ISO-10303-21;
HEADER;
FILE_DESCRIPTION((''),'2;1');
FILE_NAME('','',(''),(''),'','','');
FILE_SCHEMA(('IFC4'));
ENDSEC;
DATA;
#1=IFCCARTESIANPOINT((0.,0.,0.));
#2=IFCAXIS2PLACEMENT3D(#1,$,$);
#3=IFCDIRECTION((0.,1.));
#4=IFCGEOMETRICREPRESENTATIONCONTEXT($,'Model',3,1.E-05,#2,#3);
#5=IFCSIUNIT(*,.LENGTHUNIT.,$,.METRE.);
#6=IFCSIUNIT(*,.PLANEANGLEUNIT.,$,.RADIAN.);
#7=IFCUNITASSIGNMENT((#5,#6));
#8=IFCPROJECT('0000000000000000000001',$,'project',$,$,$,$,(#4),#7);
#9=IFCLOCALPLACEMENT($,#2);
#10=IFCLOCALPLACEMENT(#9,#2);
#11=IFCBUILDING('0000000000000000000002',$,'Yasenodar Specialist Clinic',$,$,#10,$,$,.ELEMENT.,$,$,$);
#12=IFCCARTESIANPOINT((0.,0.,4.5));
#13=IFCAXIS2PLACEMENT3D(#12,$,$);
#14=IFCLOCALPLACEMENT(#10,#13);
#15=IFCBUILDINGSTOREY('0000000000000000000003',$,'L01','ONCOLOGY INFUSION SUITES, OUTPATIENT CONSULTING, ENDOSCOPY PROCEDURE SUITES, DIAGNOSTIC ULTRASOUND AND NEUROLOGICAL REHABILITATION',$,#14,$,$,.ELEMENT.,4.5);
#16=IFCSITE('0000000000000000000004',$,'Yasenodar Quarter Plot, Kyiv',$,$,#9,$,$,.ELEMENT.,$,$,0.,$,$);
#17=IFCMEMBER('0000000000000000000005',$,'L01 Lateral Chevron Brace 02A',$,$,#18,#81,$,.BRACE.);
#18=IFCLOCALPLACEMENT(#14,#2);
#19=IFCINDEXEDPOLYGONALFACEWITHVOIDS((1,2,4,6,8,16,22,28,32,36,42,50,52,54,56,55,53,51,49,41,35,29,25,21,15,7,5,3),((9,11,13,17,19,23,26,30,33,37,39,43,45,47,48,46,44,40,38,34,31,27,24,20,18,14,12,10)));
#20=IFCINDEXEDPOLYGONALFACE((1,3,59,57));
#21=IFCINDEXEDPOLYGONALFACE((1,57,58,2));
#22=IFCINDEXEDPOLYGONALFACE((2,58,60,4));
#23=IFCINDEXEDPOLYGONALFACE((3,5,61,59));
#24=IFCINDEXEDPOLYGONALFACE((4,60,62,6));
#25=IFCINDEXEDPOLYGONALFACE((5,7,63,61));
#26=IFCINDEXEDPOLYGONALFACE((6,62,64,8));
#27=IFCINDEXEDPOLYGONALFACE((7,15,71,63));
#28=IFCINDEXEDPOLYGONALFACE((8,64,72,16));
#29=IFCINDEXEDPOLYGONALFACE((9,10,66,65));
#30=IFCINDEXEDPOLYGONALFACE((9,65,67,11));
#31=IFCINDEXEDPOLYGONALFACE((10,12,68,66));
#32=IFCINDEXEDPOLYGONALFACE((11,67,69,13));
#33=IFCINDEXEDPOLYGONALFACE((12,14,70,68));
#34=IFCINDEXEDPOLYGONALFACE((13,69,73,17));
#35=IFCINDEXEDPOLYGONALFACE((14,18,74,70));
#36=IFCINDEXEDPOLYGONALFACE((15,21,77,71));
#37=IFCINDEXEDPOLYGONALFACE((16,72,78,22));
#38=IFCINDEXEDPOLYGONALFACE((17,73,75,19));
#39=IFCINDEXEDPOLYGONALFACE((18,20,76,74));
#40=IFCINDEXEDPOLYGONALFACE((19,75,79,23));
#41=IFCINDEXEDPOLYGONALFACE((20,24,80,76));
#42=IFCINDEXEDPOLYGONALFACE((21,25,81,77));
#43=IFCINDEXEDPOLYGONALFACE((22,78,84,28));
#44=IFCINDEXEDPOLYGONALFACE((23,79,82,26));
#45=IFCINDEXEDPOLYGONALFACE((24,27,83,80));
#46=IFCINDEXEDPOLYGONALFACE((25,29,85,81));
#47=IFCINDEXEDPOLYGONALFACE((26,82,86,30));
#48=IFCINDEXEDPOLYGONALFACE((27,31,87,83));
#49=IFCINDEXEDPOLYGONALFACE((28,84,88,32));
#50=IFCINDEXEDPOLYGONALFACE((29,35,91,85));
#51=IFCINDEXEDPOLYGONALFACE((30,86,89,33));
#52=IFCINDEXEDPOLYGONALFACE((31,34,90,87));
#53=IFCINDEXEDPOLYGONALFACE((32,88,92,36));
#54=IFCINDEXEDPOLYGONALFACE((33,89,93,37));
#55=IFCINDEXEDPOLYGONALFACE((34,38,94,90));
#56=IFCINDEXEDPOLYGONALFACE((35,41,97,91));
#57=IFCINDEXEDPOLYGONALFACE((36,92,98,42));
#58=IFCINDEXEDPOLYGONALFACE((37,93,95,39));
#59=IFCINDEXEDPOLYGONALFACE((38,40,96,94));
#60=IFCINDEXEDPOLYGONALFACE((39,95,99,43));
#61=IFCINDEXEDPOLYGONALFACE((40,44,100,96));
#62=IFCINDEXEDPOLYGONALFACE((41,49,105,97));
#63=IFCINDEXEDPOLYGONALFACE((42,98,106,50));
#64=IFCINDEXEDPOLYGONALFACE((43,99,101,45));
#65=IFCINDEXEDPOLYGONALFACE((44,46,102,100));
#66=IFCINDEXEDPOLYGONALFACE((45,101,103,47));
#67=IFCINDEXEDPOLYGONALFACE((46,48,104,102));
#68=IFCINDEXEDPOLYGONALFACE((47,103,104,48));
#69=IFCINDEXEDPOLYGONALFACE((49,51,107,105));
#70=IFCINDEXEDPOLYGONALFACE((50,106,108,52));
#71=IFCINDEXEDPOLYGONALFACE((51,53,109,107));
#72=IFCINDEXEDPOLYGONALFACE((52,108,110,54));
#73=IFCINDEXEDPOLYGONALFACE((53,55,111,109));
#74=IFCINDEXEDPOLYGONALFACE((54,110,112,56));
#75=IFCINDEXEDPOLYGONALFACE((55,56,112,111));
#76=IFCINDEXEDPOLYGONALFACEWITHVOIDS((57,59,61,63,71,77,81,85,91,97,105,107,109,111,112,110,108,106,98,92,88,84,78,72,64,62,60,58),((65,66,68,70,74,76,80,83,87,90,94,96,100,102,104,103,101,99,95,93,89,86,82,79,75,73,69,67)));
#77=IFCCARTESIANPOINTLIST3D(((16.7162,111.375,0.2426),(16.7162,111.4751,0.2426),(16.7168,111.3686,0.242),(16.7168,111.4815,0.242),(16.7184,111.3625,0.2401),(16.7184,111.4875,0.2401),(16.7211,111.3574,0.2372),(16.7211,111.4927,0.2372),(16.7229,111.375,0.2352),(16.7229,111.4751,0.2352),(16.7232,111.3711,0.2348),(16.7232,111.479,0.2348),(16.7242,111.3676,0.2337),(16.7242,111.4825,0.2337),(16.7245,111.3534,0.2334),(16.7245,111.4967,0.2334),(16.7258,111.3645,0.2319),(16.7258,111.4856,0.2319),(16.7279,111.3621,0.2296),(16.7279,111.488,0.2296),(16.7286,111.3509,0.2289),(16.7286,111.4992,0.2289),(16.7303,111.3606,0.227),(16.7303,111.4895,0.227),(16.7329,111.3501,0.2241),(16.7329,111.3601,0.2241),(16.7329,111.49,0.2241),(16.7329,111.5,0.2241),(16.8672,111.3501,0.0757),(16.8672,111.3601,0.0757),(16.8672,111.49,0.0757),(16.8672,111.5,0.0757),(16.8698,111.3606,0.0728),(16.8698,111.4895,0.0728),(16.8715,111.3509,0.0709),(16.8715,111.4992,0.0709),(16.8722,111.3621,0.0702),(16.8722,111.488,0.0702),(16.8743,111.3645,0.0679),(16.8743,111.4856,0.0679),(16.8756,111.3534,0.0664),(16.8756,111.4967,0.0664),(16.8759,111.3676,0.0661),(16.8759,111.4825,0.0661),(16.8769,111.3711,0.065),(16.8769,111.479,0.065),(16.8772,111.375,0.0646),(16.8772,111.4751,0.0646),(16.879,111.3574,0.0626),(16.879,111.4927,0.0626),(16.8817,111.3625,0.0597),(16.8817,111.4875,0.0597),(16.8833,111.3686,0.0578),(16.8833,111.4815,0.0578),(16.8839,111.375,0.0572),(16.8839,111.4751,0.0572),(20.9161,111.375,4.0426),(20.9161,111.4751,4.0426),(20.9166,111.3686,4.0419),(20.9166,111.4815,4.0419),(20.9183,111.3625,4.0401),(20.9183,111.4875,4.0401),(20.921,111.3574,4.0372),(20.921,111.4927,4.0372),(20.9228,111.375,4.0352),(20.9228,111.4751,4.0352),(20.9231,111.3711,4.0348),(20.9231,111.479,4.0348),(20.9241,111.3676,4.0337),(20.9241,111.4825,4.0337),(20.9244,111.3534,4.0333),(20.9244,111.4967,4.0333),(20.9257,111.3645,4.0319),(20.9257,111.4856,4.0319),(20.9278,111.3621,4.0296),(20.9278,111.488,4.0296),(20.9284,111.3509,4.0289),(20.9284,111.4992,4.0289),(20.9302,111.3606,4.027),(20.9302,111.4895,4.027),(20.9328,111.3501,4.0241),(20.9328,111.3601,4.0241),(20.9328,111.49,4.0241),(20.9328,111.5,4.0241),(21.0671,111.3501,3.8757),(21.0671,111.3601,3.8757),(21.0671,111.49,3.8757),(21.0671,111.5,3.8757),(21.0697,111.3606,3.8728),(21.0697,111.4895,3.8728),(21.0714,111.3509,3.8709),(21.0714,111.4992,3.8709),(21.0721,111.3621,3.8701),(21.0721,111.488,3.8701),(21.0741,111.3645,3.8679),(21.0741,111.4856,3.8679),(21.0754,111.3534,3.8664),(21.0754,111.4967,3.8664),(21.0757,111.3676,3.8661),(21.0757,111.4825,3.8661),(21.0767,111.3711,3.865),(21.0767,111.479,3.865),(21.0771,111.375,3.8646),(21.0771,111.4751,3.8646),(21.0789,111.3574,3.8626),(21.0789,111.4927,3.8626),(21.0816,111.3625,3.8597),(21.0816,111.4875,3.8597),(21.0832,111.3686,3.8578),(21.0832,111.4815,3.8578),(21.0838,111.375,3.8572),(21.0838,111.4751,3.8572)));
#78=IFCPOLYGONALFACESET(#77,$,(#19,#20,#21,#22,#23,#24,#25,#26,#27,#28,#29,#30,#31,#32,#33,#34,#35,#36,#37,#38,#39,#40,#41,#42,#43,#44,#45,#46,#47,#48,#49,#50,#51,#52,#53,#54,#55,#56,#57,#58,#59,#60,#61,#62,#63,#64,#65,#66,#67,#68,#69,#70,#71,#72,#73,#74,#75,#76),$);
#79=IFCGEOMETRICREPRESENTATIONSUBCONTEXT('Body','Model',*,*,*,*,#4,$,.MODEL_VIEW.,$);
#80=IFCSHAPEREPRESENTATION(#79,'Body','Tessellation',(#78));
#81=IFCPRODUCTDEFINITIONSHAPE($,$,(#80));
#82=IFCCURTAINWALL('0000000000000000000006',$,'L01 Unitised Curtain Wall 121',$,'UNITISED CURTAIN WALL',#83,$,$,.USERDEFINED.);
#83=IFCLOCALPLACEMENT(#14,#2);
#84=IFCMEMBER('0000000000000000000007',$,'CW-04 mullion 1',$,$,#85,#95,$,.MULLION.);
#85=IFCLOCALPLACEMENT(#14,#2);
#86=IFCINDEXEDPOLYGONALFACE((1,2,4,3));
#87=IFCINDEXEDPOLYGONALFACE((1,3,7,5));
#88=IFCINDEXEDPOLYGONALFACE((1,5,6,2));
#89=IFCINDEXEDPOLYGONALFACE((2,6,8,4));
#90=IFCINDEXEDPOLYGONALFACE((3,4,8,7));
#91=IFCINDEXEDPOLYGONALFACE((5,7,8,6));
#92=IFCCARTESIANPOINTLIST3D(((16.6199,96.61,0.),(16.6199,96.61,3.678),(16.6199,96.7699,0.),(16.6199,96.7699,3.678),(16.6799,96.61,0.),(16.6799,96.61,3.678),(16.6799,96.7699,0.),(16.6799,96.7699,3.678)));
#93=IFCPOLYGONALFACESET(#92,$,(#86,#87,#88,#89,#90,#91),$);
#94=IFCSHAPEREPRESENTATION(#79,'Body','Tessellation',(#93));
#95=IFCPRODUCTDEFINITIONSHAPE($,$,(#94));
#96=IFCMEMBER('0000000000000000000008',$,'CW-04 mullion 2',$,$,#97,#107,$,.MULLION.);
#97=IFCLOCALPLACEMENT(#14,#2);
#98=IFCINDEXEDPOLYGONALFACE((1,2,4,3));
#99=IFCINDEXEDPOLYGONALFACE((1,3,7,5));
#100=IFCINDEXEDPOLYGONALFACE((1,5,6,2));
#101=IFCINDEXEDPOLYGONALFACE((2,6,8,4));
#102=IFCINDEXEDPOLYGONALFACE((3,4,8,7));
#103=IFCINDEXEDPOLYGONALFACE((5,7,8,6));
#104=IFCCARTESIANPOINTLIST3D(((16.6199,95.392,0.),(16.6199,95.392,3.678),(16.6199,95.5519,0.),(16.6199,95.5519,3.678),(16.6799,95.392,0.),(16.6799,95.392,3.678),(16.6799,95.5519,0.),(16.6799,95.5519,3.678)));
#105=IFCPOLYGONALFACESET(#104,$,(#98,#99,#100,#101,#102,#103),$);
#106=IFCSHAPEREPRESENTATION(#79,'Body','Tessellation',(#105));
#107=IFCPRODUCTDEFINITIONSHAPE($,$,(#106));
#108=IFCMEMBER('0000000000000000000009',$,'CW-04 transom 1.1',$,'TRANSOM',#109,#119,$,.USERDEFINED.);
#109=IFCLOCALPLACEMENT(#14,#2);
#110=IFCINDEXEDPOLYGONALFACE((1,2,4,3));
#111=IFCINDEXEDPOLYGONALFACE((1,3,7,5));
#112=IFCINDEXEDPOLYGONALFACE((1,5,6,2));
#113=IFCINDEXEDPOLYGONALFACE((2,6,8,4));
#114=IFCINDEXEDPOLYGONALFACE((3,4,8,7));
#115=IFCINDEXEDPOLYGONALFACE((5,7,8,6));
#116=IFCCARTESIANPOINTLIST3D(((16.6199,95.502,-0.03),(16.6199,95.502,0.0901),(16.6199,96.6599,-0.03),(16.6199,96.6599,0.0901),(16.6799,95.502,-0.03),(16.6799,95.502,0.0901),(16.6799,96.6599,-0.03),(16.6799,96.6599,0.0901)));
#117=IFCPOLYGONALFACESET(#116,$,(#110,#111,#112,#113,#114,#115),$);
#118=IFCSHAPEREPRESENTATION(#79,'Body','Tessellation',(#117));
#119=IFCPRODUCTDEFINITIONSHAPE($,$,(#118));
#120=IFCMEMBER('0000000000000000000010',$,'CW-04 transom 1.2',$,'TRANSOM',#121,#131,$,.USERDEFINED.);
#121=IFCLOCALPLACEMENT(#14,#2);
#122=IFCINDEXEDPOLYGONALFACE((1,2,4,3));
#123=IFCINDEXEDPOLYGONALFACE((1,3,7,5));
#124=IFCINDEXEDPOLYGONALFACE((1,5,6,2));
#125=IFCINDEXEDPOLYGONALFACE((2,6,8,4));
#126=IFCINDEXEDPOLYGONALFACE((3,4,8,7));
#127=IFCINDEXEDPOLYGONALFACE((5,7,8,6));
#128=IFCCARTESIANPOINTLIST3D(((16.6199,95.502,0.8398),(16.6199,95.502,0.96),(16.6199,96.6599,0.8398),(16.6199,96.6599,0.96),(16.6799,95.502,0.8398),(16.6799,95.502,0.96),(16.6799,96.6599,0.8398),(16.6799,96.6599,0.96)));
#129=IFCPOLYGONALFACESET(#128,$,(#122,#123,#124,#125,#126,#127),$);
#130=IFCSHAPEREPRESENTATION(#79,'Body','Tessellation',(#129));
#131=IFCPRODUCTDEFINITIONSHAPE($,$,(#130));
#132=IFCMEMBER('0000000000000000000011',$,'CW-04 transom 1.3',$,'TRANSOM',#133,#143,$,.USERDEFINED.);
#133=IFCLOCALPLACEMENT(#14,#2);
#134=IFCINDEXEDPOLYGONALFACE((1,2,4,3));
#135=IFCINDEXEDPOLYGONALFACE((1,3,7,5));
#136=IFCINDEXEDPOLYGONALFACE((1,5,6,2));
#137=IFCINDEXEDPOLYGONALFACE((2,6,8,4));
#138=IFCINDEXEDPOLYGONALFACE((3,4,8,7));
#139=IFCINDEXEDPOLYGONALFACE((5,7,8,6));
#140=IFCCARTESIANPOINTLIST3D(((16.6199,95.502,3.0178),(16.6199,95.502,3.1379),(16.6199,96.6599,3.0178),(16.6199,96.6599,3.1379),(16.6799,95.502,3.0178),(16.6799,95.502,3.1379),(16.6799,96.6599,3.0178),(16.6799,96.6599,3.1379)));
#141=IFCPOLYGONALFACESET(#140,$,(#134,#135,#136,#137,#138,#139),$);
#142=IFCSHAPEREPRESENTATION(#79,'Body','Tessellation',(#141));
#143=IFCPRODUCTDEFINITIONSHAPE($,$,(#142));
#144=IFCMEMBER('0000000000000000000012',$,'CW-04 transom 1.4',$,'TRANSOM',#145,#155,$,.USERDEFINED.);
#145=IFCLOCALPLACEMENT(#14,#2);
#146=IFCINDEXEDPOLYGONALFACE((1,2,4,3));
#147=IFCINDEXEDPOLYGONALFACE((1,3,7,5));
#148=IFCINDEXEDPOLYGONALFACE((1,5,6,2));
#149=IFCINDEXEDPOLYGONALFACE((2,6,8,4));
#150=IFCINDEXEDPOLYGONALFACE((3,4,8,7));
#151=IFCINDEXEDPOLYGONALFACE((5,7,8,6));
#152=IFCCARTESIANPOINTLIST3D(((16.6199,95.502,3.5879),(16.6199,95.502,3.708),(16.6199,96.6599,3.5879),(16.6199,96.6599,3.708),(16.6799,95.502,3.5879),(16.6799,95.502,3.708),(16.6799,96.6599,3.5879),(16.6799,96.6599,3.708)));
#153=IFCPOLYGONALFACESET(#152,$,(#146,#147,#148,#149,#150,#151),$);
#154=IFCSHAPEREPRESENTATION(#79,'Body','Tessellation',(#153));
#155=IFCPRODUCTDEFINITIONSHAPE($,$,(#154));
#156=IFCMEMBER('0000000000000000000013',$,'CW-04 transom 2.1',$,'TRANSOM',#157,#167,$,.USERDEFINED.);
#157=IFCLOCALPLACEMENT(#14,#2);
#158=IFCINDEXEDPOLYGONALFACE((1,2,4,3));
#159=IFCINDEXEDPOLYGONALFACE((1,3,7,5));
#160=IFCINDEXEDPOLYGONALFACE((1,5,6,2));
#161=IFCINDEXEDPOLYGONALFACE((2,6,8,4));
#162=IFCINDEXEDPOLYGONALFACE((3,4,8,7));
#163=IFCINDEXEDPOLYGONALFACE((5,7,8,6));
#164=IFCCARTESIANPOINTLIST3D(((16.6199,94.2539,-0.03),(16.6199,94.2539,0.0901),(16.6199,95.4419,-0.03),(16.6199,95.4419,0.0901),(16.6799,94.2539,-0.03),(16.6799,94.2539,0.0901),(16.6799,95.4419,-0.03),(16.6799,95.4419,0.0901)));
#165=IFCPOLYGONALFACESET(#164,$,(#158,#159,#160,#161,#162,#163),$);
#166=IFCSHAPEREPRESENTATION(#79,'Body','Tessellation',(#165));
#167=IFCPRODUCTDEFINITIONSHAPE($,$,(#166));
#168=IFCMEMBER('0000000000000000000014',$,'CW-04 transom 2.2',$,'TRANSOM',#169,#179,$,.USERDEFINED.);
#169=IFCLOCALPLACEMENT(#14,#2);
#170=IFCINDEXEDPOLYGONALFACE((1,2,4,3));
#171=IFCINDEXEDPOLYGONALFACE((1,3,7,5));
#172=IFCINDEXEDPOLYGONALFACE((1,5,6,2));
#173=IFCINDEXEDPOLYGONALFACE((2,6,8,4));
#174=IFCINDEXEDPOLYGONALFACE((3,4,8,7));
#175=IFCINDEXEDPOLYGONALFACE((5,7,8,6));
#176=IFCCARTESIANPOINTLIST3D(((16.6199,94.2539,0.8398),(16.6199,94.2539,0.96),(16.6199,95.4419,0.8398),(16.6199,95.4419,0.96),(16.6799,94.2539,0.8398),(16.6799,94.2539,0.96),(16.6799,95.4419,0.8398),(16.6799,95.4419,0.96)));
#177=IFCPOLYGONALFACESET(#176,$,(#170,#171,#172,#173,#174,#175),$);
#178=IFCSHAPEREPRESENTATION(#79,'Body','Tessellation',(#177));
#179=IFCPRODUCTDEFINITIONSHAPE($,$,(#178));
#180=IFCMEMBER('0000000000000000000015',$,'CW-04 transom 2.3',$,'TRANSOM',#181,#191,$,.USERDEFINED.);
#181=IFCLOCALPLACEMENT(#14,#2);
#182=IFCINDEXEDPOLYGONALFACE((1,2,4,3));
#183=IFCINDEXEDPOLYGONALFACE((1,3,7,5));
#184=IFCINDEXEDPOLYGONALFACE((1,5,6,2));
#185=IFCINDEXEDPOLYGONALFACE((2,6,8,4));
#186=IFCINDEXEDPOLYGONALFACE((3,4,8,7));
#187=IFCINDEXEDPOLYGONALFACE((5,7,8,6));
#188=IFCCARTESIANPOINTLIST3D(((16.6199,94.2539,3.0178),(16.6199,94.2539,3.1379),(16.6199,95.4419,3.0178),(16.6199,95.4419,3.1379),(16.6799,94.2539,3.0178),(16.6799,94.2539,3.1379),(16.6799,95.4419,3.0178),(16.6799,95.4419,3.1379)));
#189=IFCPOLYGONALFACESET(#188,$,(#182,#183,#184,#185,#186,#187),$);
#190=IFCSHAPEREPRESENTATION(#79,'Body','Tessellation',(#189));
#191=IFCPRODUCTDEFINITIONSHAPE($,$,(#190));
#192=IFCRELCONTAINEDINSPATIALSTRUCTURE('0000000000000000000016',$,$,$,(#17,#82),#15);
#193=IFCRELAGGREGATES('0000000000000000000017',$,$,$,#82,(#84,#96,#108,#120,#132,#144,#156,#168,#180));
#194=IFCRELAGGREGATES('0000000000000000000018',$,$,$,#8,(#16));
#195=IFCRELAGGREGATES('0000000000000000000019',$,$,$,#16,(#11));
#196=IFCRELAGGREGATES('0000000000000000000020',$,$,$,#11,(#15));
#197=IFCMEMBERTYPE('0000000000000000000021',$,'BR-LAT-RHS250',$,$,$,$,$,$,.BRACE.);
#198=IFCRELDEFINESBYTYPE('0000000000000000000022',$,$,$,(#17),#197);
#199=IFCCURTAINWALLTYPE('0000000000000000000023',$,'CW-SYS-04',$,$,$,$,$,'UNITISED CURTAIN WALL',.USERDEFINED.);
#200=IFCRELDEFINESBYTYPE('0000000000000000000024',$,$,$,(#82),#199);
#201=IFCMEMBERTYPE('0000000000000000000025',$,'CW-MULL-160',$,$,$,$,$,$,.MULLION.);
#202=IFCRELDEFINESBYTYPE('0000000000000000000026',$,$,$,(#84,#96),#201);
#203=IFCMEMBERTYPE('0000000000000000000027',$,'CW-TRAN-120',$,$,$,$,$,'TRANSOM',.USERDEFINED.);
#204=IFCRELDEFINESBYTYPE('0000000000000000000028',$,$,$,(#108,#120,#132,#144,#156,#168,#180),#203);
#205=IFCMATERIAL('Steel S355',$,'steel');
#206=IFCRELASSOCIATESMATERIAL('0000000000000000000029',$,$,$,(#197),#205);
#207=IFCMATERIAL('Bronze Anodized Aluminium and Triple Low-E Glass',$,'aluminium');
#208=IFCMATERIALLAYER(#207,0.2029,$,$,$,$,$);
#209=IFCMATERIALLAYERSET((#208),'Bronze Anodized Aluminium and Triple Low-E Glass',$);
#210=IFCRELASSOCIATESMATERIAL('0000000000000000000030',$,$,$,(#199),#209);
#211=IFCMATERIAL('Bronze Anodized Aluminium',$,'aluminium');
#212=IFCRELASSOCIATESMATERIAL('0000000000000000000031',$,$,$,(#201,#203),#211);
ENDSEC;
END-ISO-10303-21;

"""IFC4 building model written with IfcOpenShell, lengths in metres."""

from ifc_helpers import new_model, si_unit, direction, frame, origin, origin_2d, place, context, subcontext, project, spatial, rectangle, hollow_rectangle, extrude, material, layer, layer_set, material_profile, profile_set, type_object, element, aggregate, save


model = new_model("IFC4")

# Units and contexts
model_context = context("Model", 3, precision=1e-05, world=origin(), true_north=direction((0.0, 1.0)))
body_context = subcontext(model_context, "Body", "Model", "MODEL_VIEW")
ifc_project = project(units=[si_unit("LENGTHUNIT", "METRE"), si_unit("PLANEANGLEUNIT", "RADIAN")], contexts=[model_context])

# Site, building, storey
site_placement = place(None, origin())
site = spatial("IfcSite", under=ifc_project, at=site_placement, Name="Yasenodar Quarter Plot, Kyiv", CompositionType="ELEMENT", RefElevation=0.0)
building_placement = place(site_placement, origin())
building = spatial("IfcBuilding", under=site, at=building_placement, Name="Yasenodar Specialist Clinic", CompositionType="ELEMENT")
storey_placement = place(building_placement, frame((0.0, 0.0, 4.5)))
storey = spatial("IfcBuildingStorey", under=building, at=storey_placement, Name="L01", Description="ONCOLOGY INFUSION SUITES, OUTPATIENT CONSULTING, ENDOSCOPY PROCEDURE SUITES, DIAGNOSTIC ULTRASOUND AND NEUROLOGICAL REHABILITATION", CompositionType="ELEMENT", Elevation=4.5)

# Shared definitions
ifc_material_1 = material(Name="Steel S355", Category="steel")

# Member
ifc_material_profile_1 = material_profile(ifc_material_1, hollow_rectangle(XDim=0.1499, YDim=0.25, WallThickness=0.01, InnerFilletRadius=0.0149, OuterFilletRadius=0.0249, at=origin_2d()), Name="RHS 250x150x10")
ifc_profile_set_1 = profile_set([ifc_material_profile_1], Name="Steel S355")
member_type_1 = type_object("IfcMemberType", Name="BR-LAT-RHS250", PredefinedType="BRACE", material=ifc_profile_set_1)
member_1_placement = place(storey_placement, frame((16.8, 111.425, 0.1499), z_axis=(0.741528, 0.0, 0.670922), x_axis=(0.0, 1.0, 0.0)))
element("IfcMember", 1, at=member_1_placement, inside=storey, type_object=member_type_1, Name="L01 Lateral Chevron Brace 02A", PredefinedType="BRACE", context=body_context, shape_type="SweptSolid", body=[
    extrude(hollow_rectangle(XDim=0.1499, YDim=0.25, WallThickness=0.01, InnerFilletRadius=0.0149, OuterFilletRadius=0.0249, at=origin_2d()), origin(), (0.0, 0.0, 1.0), 5.6638),
])

# Curtain wall, members
ifc_material_2 = material(Name="Bronze Anodized Aluminium and Triple Low-E Glass", Category="aluminium")
ifc_layer_1 = layer(ifc_material_2, 0.2029)
ifc_layer_set_1 = layer_set([ifc_layer_1], Name="Bronze Anodized Aluminium and Triple Low-E Glass")
curtain_wall_type = type_object("IfcCurtainWallType", Name="CW-SYS-04", ElementType="UNITISED CURTAIN WALL", PredefinedType="USERDEFINED", material=ifc_layer_set_1)
curtain_wall_placement = place(storey_placement, origin())
curtain_wall = element("IfcCurtainWall", 2, at=curtain_wall_placement, inside=storey, type_object=curtain_wall_type, Name="L01 Unitised Curtain Wall 121", ObjectType="UNITISED CURTAIN WALL", PredefinedType="USERDEFINED")
ifc_material_3 = material(Name="Bronze Anodized Aluminium", Category="aluminium")
ifc_material_profile_2 = material_profile(ifc_material_3, rectangle(XDim=0.0601, YDim=0.1599, at=origin_2d()), Name="CW-MULL 60x160")
ifc_profile_set_2 = profile_set([ifc_material_profile_2], Name="Bronze Anodized Aluminium")
member_type_2 = type_object("IfcMemberType", Name="CW-MULL-160", PredefinedType="MULLION", material=ifc_profile_set_2)
member_2_placement = place(storey_placement, frame((16.6499, 96.6899, 0.0), z_axis=(0.0, 0.0, 1.0), x_axis=(1.0, 0.0, 0.0)))
member_2 = element("IfcMember", 3, at=member_2_placement, type_object=member_type_2, Name="CW-04 mullion 1", PredefinedType="MULLION", context=body_context, shape_type="SweptSolid", body=[
    extrude(rectangle(XDim=0.0601, YDim=0.1599, at=origin_2d()), origin(), (0.0, 0.0, 1.0), 3.678),
])
member_3_placement = place(storey_placement, frame((16.6499, 95.4719, 0.0), z_axis=(0.0, 0.0, 1.0), x_axis=(1.0, 0.0, 0.0)))
member_3 = element("IfcMember", 4, at=member_3_placement, type_object=member_type_2, Name="CW-04 mullion 2", PredefinedType="MULLION", context=body_context, shape_type="SweptSolid", body=[
    extrude(rectangle(XDim=0.0601, YDim=0.1599, at=origin_2d()), origin(), (0.0, 0.0, 1.0), 3.678),
])
ifc_material_profile_3 = material_profile(ifc_material_3, rectangle(XDim=0.0601, YDim=0.1201, at=origin_2d()), Name="CW-TRAN 60x120")
ifc_profile_set_3 = profile_set([ifc_material_profile_3], Name="Bronze Anodized Aluminium")
member_type_3 = type_object("IfcMemberType", Name="CW-TRAN-120", ElementType="TRANSOM", PredefinedType="USERDEFINED", material=ifc_profile_set_3)
member_4_placement = place(storey_placement, frame((16.6499, 96.6599, 0.03), z_axis=(0.0, -1.0, 0.0), x_axis=(1.0, 0.0, 0.0)))
member_4 = element("IfcMember", 5, at=member_4_placement, type_object=member_type_3, Name="CW-04 transom 1.1", ObjectType="TRANSOM", PredefinedType="USERDEFINED", context=body_context, shape_type="SweptSolid", body=[
    extrude(rectangle(XDim=0.0601, YDim=0.1201, at=origin_2d()), origin(), (0.0, 0.0, 1.0), 1.158),
])
member_5_placement = place(storey_placement, frame((16.6499, 96.6599, 0.8999), z_axis=(0.0, -1.0, 0.0), x_axis=(1.0, 0.0, 0.0)))
member_5 = element("IfcMember", 6, at=member_5_placement, type_object=member_type_3, Name="CW-04 transom 1.2", ObjectType="TRANSOM", PredefinedType="USERDEFINED", context=body_context, shape_type="SweptSolid", body=[
    extrude(rectangle(XDim=0.0601, YDim=0.1201, at=origin_2d()), origin(), (0.0, 0.0, 1.0), 1.158),
])
member_6_placement = place(storey_placement, frame((16.6499, 96.6599, 3.0779), z_axis=(0.0, -1.0, 0.0), x_axis=(1.0, 0.0, 0.0)))
member_6 = element("IfcMember", 7, at=member_6_placement, type_object=member_type_3, Name="CW-04 transom 1.3", ObjectType="TRANSOM", PredefinedType="USERDEFINED", context=body_context, shape_type="SweptSolid", body=[
    extrude(rectangle(XDim=0.0601, YDim=0.1201, at=origin_2d()), origin(), (0.0, 0.0, 1.0), 1.158),
])
member_7_placement = place(storey_placement, frame((16.6499, 96.6599, 3.6479), z_axis=(0.0, -1.0, 0.0), x_axis=(1.0, 0.0, 0.0)))
member_7 = element("IfcMember", 8, at=member_7_placement, type_object=member_type_3, Name="CW-04 transom 1.4", ObjectType="TRANSOM", PredefinedType="USERDEFINED", context=body_context, shape_type="SweptSolid", body=[
    extrude(rectangle(XDim=0.0601, YDim=0.1201, at=origin_2d()), origin(), (0.0, 0.0, 1.0), 1.158),
])
member_8_placement = place(storey_placement, frame((16.6499, 95.4419, 0.03), z_axis=(0.0, -1.0, 0.0), x_axis=(1.0, 0.0, 0.0)))
member_8 = element("IfcMember", 9, at=member_8_placement, type_object=member_type_3, Name="CW-04 transom 2.1", ObjectType="TRANSOM", PredefinedType="USERDEFINED", context=body_context, shape_type="SweptSolid", body=[
    extrude(rectangle(XDim=0.0601, YDim=0.1201, at=origin_2d()), origin(), (0.0, 0.0, 1.0), 1.188),
])
member_9_placement = place(storey_placement, frame((16.6499, 95.4419, 0.8999), z_axis=(0.0, -1.0, 0.0), x_axis=(1.0, 0.0, 0.0)))
member_9 = element("IfcMember", 10, at=member_9_placement, type_object=member_type_3, Name="CW-04 transom 2.2", ObjectType="TRANSOM", PredefinedType="USERDEFINED", context=body_context, shape_type="SweptSolid", body=[
    extrude(rectangle(XDim=0.0601, YDim=0.1201, at=origin_2d()), origin(), (0.0, 0.0, 1.0), 1.188),
])
member_10_placement = place(storey_placement, frame((16.6499, 95.4419, 3.0779), z_axis=(0.0, -1.0, 0.0), x_axis=(1.0, 0.0, 0.0)))
member_10 = element("IfcMember", 11, at=member_10_placement, type_object=member_type_3, Name="CW-04 transom 2.3", ObjectType="TRANSOM", PredefinedType="USERDEFINED", context=body_context, shape_type="SweptSolid", body=[
    extrude(rectangle(XDim=0.0601, YDim=0.1201, at=origin_2d()), origin(), (0.0, 0.0, 1.0), 1.188),
])
aggregate(curtain_wall, [member_2, member_3, member_4, member_5, member_6, member_7, member_8, member_9, member_10])

save(model, "model.ifc")
